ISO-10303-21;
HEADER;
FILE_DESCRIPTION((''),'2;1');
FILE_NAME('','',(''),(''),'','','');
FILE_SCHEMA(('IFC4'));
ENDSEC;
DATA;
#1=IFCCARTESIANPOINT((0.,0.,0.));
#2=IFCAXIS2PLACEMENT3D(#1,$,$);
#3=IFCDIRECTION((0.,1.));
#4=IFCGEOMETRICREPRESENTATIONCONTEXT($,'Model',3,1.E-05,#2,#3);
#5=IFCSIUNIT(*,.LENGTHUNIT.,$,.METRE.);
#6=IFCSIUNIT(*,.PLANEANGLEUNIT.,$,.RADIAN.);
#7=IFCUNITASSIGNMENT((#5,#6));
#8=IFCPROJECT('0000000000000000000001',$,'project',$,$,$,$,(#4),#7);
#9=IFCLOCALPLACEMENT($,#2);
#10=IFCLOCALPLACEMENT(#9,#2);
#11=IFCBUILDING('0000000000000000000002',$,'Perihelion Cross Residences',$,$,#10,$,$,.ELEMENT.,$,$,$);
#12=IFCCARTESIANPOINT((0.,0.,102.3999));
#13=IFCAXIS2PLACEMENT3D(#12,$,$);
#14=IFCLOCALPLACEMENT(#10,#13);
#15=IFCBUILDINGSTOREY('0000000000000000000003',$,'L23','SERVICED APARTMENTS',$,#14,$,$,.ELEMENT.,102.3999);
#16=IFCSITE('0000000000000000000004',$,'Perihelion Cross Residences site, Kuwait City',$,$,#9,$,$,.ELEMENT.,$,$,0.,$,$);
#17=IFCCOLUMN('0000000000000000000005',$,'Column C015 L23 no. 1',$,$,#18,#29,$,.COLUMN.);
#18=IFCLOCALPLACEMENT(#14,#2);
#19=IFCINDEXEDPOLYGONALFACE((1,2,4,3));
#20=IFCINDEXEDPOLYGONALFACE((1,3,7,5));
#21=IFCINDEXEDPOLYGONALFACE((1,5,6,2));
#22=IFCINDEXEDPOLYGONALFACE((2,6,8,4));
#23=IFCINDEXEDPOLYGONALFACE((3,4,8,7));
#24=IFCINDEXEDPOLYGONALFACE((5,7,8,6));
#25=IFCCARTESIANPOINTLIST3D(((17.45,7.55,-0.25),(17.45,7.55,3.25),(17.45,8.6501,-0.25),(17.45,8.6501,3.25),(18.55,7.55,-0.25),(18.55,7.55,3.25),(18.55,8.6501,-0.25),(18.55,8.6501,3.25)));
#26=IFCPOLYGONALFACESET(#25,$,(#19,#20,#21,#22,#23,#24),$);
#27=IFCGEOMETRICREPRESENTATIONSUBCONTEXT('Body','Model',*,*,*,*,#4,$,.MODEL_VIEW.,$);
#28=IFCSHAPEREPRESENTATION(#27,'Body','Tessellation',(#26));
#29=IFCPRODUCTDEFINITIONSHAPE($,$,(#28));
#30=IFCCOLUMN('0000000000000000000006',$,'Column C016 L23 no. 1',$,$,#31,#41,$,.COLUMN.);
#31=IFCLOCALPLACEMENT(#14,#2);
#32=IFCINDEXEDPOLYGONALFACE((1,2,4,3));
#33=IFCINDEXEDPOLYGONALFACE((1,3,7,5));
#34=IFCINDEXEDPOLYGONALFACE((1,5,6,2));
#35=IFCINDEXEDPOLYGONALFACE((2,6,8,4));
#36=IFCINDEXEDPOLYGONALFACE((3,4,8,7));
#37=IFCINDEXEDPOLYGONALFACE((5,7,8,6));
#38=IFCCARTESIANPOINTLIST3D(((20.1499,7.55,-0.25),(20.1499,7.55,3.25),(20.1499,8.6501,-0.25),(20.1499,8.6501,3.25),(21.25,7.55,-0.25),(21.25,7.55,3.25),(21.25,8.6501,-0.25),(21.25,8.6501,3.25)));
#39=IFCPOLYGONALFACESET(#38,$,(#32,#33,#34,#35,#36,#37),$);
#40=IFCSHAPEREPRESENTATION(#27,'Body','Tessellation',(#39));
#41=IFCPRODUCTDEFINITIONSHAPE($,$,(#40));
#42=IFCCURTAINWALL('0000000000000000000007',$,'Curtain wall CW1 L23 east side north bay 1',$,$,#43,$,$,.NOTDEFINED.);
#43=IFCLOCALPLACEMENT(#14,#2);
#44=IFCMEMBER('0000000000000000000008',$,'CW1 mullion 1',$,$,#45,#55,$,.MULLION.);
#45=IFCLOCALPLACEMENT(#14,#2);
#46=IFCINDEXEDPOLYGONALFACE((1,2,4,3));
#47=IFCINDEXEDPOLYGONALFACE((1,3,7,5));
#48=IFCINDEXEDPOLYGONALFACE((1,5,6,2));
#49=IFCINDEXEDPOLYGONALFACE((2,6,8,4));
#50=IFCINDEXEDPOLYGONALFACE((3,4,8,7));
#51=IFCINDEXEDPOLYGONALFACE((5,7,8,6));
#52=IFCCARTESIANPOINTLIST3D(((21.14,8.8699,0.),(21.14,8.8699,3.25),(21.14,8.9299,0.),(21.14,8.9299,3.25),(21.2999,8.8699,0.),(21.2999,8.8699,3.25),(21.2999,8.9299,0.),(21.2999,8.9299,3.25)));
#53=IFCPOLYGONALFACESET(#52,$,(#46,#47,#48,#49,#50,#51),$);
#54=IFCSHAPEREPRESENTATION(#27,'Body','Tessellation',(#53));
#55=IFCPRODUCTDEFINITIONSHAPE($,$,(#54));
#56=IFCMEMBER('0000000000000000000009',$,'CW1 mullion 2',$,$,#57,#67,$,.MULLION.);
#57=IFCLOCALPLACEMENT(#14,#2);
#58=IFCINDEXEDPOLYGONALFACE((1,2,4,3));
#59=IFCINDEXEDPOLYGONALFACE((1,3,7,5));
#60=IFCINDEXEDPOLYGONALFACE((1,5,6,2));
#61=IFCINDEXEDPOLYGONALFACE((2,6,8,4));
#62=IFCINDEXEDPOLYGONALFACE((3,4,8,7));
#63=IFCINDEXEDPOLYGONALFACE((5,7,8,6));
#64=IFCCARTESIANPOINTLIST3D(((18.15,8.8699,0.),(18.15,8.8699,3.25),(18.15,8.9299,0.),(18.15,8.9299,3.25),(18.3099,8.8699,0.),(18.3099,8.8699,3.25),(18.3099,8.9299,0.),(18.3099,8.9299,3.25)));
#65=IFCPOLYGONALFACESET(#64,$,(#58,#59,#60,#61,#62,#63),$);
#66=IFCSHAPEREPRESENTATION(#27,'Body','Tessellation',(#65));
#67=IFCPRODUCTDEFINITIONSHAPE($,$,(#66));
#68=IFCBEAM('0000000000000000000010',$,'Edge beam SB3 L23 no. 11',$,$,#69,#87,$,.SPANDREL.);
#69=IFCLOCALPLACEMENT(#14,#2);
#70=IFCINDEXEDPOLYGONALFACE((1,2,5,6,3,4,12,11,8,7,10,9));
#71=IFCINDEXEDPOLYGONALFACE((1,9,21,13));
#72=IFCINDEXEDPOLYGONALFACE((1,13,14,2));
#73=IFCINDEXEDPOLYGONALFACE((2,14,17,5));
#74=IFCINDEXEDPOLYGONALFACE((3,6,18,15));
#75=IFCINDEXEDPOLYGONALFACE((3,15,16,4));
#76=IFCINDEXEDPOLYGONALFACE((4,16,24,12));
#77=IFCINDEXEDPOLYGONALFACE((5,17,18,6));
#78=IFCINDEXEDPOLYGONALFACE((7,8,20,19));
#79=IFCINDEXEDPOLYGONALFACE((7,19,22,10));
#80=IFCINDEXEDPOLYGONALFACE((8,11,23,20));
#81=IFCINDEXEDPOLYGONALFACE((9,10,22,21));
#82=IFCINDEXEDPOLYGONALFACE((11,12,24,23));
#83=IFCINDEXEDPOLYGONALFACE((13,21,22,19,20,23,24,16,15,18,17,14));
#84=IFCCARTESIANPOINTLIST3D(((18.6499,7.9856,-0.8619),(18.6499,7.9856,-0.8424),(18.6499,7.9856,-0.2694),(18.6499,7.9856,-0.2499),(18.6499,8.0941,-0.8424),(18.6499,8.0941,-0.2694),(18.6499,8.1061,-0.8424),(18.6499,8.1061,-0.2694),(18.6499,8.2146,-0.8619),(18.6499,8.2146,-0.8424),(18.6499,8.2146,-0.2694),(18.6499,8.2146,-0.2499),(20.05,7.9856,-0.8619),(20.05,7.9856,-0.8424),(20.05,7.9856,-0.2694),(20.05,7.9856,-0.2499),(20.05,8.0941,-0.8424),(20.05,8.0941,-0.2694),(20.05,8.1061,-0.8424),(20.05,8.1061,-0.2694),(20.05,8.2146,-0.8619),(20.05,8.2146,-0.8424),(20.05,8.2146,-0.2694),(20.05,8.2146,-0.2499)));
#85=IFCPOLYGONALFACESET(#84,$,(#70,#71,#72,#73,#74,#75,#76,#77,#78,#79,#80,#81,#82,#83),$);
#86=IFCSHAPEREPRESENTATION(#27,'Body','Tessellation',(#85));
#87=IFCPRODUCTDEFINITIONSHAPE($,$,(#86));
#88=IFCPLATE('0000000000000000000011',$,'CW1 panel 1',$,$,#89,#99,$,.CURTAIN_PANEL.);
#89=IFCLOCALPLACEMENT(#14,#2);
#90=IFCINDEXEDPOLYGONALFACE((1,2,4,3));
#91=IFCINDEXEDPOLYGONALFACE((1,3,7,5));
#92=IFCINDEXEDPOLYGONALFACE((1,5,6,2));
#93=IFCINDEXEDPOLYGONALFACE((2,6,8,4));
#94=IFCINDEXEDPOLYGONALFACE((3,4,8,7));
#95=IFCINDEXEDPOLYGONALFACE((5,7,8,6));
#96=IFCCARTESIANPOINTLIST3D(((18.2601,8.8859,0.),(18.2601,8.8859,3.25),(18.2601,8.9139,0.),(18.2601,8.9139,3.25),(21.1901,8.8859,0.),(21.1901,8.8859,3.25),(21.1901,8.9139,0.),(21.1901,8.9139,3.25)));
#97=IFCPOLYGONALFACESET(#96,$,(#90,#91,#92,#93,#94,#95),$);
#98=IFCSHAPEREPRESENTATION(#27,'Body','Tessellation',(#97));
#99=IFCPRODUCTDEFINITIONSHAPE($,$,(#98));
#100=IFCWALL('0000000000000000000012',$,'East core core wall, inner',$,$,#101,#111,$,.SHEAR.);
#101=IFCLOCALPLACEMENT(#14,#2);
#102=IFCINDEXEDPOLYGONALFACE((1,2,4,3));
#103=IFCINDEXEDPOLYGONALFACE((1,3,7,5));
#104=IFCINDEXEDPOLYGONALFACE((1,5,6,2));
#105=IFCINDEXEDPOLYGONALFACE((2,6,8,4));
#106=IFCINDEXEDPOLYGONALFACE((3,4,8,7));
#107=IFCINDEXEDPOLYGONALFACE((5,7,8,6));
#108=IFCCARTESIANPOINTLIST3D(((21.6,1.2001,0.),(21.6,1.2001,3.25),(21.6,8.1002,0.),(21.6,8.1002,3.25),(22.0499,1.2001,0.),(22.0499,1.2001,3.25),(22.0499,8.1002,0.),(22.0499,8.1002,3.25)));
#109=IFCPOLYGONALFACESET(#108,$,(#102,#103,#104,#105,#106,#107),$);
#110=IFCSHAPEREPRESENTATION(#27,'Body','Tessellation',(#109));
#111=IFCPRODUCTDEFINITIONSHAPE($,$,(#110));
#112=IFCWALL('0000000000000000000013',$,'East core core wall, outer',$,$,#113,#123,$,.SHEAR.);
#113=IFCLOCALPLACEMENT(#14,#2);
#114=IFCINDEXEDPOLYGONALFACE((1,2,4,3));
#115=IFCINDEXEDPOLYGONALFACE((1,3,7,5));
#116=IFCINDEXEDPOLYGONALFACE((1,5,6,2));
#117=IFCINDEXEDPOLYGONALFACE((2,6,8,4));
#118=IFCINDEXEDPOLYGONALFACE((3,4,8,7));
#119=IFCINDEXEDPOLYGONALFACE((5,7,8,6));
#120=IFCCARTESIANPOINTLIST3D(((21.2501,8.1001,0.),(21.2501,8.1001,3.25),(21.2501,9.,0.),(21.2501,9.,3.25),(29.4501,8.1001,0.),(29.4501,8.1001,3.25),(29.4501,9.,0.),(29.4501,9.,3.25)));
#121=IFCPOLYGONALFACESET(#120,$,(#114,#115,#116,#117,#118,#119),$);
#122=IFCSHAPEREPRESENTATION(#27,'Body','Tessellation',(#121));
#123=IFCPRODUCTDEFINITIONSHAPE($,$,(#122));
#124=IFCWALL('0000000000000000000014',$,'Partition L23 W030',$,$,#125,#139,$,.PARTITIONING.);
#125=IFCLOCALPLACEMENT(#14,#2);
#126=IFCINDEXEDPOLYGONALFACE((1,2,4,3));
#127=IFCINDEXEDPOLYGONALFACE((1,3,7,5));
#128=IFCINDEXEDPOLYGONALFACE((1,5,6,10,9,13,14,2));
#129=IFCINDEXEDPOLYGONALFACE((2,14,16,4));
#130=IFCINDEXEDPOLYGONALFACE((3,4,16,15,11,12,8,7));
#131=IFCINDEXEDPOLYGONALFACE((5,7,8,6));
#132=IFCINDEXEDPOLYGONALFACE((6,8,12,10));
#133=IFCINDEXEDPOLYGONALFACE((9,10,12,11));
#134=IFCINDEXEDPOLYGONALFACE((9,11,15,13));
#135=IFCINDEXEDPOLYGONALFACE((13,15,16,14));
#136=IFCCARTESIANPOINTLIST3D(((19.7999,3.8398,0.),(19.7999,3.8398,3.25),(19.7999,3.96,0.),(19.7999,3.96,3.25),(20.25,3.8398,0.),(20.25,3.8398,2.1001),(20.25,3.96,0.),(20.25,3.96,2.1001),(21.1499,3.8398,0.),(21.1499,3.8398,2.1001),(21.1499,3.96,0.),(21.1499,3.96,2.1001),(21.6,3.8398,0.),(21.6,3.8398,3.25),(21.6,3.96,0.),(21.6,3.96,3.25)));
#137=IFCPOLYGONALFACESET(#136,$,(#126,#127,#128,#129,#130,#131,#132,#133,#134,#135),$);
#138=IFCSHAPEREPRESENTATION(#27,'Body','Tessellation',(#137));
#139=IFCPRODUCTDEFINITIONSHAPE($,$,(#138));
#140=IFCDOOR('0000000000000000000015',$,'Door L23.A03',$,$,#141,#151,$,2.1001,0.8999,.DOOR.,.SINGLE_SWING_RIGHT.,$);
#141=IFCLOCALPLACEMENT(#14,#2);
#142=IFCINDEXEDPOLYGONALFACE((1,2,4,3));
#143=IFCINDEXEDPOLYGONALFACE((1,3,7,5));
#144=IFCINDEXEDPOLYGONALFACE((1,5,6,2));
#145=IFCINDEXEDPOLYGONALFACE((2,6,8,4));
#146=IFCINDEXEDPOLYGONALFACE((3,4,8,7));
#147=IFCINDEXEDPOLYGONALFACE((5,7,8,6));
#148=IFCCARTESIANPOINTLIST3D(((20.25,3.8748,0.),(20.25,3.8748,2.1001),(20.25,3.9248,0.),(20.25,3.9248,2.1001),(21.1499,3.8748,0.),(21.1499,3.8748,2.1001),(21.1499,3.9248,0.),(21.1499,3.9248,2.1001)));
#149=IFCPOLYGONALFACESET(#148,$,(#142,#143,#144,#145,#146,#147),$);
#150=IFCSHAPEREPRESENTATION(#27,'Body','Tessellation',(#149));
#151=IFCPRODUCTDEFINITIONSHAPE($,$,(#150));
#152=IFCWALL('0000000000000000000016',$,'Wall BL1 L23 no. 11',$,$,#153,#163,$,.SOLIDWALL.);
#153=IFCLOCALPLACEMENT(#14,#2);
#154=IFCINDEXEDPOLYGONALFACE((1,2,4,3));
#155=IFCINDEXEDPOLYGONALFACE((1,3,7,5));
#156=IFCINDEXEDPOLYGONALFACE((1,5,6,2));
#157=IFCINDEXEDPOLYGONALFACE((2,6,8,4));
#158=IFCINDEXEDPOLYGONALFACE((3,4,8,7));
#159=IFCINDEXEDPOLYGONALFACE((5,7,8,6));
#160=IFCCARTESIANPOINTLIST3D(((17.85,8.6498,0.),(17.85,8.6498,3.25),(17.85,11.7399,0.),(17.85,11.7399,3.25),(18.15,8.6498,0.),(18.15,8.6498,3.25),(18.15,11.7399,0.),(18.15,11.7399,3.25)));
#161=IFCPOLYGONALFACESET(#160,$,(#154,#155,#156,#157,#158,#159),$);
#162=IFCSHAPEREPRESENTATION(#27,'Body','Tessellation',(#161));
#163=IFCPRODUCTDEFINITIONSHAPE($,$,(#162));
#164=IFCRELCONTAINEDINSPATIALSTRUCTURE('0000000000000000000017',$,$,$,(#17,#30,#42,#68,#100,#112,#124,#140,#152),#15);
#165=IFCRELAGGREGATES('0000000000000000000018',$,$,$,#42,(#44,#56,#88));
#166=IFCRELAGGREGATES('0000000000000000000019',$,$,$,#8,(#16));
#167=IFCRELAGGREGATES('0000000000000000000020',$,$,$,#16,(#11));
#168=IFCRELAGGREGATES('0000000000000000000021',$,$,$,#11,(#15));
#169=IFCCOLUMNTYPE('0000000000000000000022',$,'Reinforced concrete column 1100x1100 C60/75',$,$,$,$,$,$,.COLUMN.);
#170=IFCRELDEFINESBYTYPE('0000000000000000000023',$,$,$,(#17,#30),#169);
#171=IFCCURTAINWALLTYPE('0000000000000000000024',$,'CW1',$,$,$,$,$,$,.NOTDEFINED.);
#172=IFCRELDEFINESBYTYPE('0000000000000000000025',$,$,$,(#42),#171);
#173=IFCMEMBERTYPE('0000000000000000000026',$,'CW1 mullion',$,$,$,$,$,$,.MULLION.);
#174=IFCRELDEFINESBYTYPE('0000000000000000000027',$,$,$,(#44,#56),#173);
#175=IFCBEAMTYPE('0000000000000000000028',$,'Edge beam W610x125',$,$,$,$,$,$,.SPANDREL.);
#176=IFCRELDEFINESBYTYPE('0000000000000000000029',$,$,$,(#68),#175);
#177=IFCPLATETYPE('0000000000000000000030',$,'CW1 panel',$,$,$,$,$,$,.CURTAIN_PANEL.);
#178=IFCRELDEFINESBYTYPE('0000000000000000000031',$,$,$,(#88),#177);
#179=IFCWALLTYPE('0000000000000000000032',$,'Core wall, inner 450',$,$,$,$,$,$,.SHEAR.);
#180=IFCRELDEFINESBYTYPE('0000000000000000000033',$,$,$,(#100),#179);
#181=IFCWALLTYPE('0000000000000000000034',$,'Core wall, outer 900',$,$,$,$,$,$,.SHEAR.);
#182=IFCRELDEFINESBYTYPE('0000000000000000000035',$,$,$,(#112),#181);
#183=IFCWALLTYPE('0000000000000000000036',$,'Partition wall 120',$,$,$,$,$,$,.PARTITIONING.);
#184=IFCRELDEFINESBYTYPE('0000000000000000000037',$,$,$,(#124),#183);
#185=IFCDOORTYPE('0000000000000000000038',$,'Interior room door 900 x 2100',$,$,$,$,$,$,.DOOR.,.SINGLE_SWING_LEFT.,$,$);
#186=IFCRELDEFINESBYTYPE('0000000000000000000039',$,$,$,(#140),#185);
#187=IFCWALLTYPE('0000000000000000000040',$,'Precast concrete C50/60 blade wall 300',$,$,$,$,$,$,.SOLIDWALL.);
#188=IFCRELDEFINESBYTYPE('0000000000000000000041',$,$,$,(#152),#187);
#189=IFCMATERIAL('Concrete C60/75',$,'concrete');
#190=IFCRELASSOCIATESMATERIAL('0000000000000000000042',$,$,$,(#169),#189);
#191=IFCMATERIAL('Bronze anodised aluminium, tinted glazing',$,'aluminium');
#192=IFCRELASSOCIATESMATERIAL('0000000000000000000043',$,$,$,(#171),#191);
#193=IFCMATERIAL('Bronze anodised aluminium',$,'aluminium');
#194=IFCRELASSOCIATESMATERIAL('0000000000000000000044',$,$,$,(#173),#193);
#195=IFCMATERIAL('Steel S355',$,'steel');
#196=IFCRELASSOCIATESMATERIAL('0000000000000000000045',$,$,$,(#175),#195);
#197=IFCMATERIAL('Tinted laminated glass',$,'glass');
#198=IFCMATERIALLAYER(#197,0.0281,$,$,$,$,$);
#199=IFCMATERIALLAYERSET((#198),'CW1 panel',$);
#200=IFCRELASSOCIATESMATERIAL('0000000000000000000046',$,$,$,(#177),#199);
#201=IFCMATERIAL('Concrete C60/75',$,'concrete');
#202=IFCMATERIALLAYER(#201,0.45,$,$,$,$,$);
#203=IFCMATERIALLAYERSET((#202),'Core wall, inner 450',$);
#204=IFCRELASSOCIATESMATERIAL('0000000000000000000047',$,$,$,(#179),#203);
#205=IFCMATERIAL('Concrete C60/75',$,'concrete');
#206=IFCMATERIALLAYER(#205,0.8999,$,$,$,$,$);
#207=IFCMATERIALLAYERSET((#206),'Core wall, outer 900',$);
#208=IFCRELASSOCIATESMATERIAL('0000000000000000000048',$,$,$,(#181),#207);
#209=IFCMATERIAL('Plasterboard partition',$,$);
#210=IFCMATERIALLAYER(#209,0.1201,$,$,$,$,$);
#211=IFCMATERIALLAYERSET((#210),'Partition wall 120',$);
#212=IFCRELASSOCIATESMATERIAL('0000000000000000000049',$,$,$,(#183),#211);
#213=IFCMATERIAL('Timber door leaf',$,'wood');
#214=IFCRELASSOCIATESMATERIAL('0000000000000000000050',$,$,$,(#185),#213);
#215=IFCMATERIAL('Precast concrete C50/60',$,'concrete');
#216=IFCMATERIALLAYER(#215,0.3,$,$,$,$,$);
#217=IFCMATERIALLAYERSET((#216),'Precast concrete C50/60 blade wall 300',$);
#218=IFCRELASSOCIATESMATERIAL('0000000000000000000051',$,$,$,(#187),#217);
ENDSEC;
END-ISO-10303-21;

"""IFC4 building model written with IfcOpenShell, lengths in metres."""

from ifc_helpers import new_model, si_unit, direction, frame, frame_2d, origin, origin_2d, place, context, subcontext, project, spatial, rectangle, i_section, extrude, material, layer, layer_set, material_profile, profile_set, type_object, element, fill, aggregate, save


model = new_model("IFC4")

# Units and contexts
model_context = context("Model", 3, precision=1e-05, world=origin(), true_north=direction((0.0, 1.0)))
body_context = subcontext(model_context, "Body", "Model", "MODEL_VIEW")
ifc_project = project(units=[si_unit("LENGTHUNIT", "METRE"), si_unit("PLANEANGLEUNIT", "RADIAN")], contexts=[model_context])

# Site, building, storey
site_placement = place(None, origin())
site = spatial("IfcSite", under=ifc_project, at=site_placement, Name="Perihelion Cross Residences site, Kuwait City", CompositionType="ELEMENT", RefElevation=0.0)
building_placement = place(site_placement, origin())
building = spatial("IfcBuilding", under=site, at=building_placement, Name="Perihelion Cross Residences", CompositionType="ELEMENT")
storey_placement = place(building_placement, frame((0.0, 0.0, 102.3999)))
storey = spatial("IfcBuildingStorey", under=building, at=storey_placement, Name="L23", Description="SERVICED APARTMENTS", CompositionType="ELEMENT", Elevation=102.3999)

# Columns
ifc_material_1 = material(Name="Concrete C60/75", Category="concrete")
ifc_material_profile_1 = material_profile(ifc_material_1, rectangle(XDim=1.1001, YDim=1.1001, at=origin_2d()), Name="RC 1100x1100")
ifc_profile_set_1 = profile_set([ifc_material_profile_1], Name="Concrete C60/75")
column_type = type_object("IfcColumnType", Name="Reinforced concrete column 1100x1100 C60/75", PredefinedType="COLUMN", material=ifc_profile_set_1)
for number, where, z_axis, x_axis, name in (
    (1, (18.0, 8.1001, -0.25), (0.0, 0.0, 1.0), (1.0, 0.0, 0.0), "Column C015 L23 no. 1"),
    (2, (20.7, 8.1001, -0.25), (0.0, 0.0, 1.0), (1.0, 0.0, 0.0), "Column C016 L23 no. 1"),
):
    element("IfcColumn", number, at=place(storey_placement, frame(where, z_axis=z_axis, x_axis=x_axis)), inside=storey, type_object=column_type, Name=name, PredefinedType="COLUMN", context=body_context, shape_type="SweptSolid", body=[
        extrude(rectangle(XDim=1.1001, YDim=1.1001, at=origin_2d()), origin(), (0.0, 0.0, 1.0), 3.5),
    ])

# Curtain wall, members
ifc_material_2 = material(Name="Bronze anodised aluminium, tinted glazing", Category="aluminium")
curtain_wall_type = type_object("IfcCurtainWallType", Name="CW1", PredefinedType="NOTDEFINED", material=ifc_material_2)
curtain_wall_placement = place(storey_placement, origin())
curtain_wall = element("IfcCurtainWall", 3, at=curtain_wall_placement, inside=storey, type_object=curtain_wall_type, Name="Curtain wall CW1 L23 east side north bay 1", PredefinedType="NOTDEFINED")
ifc_material_3 = material(Name="Bronze anodised aluminium", Category="aluminium")
ifc_material_profile_2 = material_profile(ifc_material_3, rectangle(XDim=0.0601, YDim=0.1599, at=origin_2d()), Name="CW1 mullion")
ifc_profile_set_2 = profile_set([ifc_material_profile_2], Name="Bronze anodised aluminium")
member_type = type_object("IfcMemberType", Name="CW1 mullion", PredefinedType="MULLION", material=ifc_profile_set_2)
member_1_placement = place(storey_placement, frame((21.22, 8.8999, 0.0), z_axis=(0.0, 0.0, 1.0), x_axis=(0.0, -1.0, 0.0)))
member_1 = element("IfcMember", 4, at=member_1_placement, type_object=member_type, Name="CW1 mullion 1", PredefinedType="MULLION", context=body_context, shape_type="SweptSolid", body=[
    extrude(rectangle(XDim=0.0601, YDim=0.1599, at=origin_2d()), origin(), (0.0, 0.0, 1.0), 3.25),
])
member_2_placement = place(storey_placement, frame((18.23, 8.8999, 0.0), z_axis=(0.0, 0.0, 1.0), x_axis=(0.0, -1.0, 0.0)))
member_2 = element("IfcMember", 5, at=member_2_placement, type_object=member_type, Name="CW1 mullion 2", PredefinedType="MULLION", context=body_context, shape_type="SweptSolid", body=[
    extrude(rectangle(XDim=0.0601, YDim=0.1599, at=origin_2d()), origin(), (0.0, 0.0, 1.0), 3.25),
])

# Beam
ifc_material_4 = material(Name="Steel S355", Category="steel")
ifc_material_profile_3 = material_profile(ifc_material_4, i_section(OverallWidth=0.229, OverallDepth=0.6121, WebThickness=0.012, FlangeThickness=0.0195, at=origin_2d()), Name="W610x125")
ifc_profile_set_3 = profile_set([ifc_material_profile_3], Name="Steel S355")
beam_type = type_object("IfcBeamType", Name="Edge beam W610x125", PredefinedType="SPANDREL", material=ifc_profile_set_3)
beam_placement = place(storey_placement, frame((20.05, 8.1001, -0.5559), z_axis=(-1.0, 0.0, 0.0), x_axis=(0.0, -1.0, 0.0)))
element("IfcBeam", 6, at=beam_placement, inside=storey, type_object=beam_type, Name="Edge beam SB3 L23 no. 11", PredefinedType="SPANDREL", context=body_context, shape_type="SweptSolid", body=[
    extrude(i_section(OverallWidth=0.229, OverallDepth=0.6121, WebThickness=0.012, FlangeThickness=0.0195, at=origin_2d()), origin(), (0.0, 0.0, 1.0), 1.4001),
])

# Plate
ifc_material_5 = material(Name="Tinted laminated glass", Category="glass")
ifc_layer_1 = layer(ifc_material_5, 0.0281)
ifc_layer_set_1 = layer_set([ifc_layer_1], Name="CW1 panel")
plate_type = type_object("IfcPlateType", Name="CW1 panel", PredefinedType="CURTAIN_PANEL", material=ifc_layer_set_1)
plate_placement = place(storey_placement, frame((19.7251, 8.8999, 0.0), z_axis=(0.0, 0.0, 1.0), x_axis=(-1.0, 0.0, 0.0)))
plate = element("IfcPlate", 7, at=plate_placement, type_object=plate_type, Name="CW1 panel 1", PredefinedType="CURTAIN_PANEL", context=body_context, shape_type="SweptSolid", body=[
    extrude(rectangle(XDim=2.9299, YDim=0.0281, at=origin_2d()), origin(), (0.0, 0.0, 1.0), 3.25),
])
aggregate(curtain_wall, [member_1, member_2, plate])

# Walls
ifc_material_6 = material(Name="Concrete C60/75", Category="concrete")
ifc_layer_2 = layer(ifc_material_6, 0.45)
ifc_layer_set_2 = layer_set([ifc_layer_2], Name="Core wall, inner 450")
wall_type_1 = type_object("IfcWallType", Name="Core wall, inner 450", PredefinedType="SHEAR", material=ifc_layer_set_2)
wall_1_placement = place(storey_placement, frame((21.825, 1.2, 0.0), z_axis=(0.0, 0.0, 1.0), x_axis=(0.0, 1.0, 0.0)))
element("IfcWall", 8, at=wall_1_placement, inside=storey, type_object=wall_type_1, Name="East core core wall, inner", PredefinedType="SHEAR", context=body_context, shape_type="SweptSolid", body=[
    extrude(rectangle(XDim=6.9001, YDim=0.45, at=frame_2d((3.4502, 0.0))), origin(), (0.0, 0.0, 1.0), 3.25),
])
ifc_material_7 = material(Name="Concrete C60/75", Category="concrete")
ifc_layer_3 = layer(ifc_material_7, 0.8999)
ifc_layer_set_3 = layer_set([ifc_layer_3], Name="Core wall, outer 900")
wall_type_2 = type_object("IfcWallType", Name="Core wall, outer 900", PredefinedType="SHEAR", material=ifc_layer_set_3)
wall_2_placement = place(storey_placement, frame((21.25, 8.55, 0.0), z_axis=(0.0, 0.0, 1.0), x_axis=(1.0, 0.0, 0.0)))
element("IfcWall", 9, at=wall_2_placement, inside=storey, type_object=wall_type_2, Name="East core core wall, outer", PredefinedType="SHEAR", context=body_context, shape_type="SweptSolid", body=[
    extrude(rectangle(XDim=8.2, YDim=0.8999, at=frame_2d((4.1001, 0.0))), origin(), (0.0, 0.0, 1.0), 3.25),
])

# Wall, opening, door
ifc_material_8 = material(Name="Plasterboard partition")
ifc_layer_4 = layer(ifc_material_8, 0.1201)
ifc_layer_set_4 = layer_set([ifc_layer_4], Name="Partition wall 120")
wall_type_3 = type_object("IfcWallType", Name="Partition wall 120", PredefinedType="PARTITIONING", material=ifc_layer_set_4)
wall_3_placement = place(storey_placement, frame((19.8, 3.8999, 0.0), z_axis=(0.0, 0.0, 1.0), x_axis=(1.0, 0.0, 0.0)))
wall_3 = element("IfcWall", 10, at=wall_3_placement, inside=storey, type_object=wall_type_3, Name="Partition L23 W030", PredefinedType="PARTITIONING", context=body_context, shape_type="SweptSolid", body=[
    extrude(rectangle(XDim=1.8, YDim=0.1201, at=frame_2d((0.8999, 0.0))), origin(), (0.0, 0.0, 1.0), 3.25),
])
opening_1_placement = place(wall_3_placement, frame((0.45, 0.0, 0.0)))
opening_1 = element("IfcOpeningElement", 11, at=opening_1_placement, cuts=wall_3, PredefinedType="OPENING", context=body_context, shape_type="SweptSolid", body=[
    extrude(rectangle(XDim=0.8999, YDim=2.1001, at=frame_2d((0.45, 1.05))), frame((0.0, 0.0701, 0.0), z_axis=(0.0, -1.0, 0.0), x_axis=(1.0, 0.0, 0.0)), (0.0, 0.0, 1.0), 0.1401),
])
ifc_material_9 = material(Name="Timber door leaf", Category="wood")
door_type_1 = type_object("IfcDoorType", Name="Interior room door 900 x 2100", OperationType="SINGLE_SWING_LEFT", PredefinedType="DOOR", material=ifc_material_9)
door_1_placement = place(opening_1_placement, origin())
door_1 = element("IfcDoor", 12, at=door_1_placement, inside=storey, type_object=door_type_1, Name="Door L23.A03", OperationType="SINGLE_SWING_RIGHT", OverallHeight=2.1001, OverallWidth=0.8999, PredefinedType="DOOR", context=body_context, shape_type="SweptSolid", body=[
    extrude(rectangle(XDim=0.8999, YDim=2.1001, at=frame_2d((0.45, 1.05))), frame((0.0, 0.0249, 0.0), z_axis=(0.0, -1.0, 0.0), x_axis=(1.0, 0.0, 0.0)), (0.0, 0.0, 1.0), 0.05),
])
fill(opening_1, door_1)

# Wall
ifc_material_10 = material(Name="Precast concrete C50/60", Category="concrete")
ifc_layer_5 = layer(ifc_material_10, 0.3)
ifc_layer_set_5 = layer_set([ifc_layer_5], Name="Precast concrete C50/60 blade wall 300")
wall_type_4 = type_object("IfcWallType", Name="Precast concrete C50/60 blade wall 300", PredefinedType="SOLIDWALL", material=ifc_layer_set_5)
wall_4_placement = place(storey_placement, frame((18.0, 8.6499, 0.0), z_axis=(0.0, 0.0, 1.0), x_axis=(0.0, 1.0, 0.0)))
element("IfcWall", 13, at=wall_4_placement, inside=storey, type_object=wall_type_4, Name="Wall BL1 L23 no. 11", PredefinedType="SOLIDWALL", context=body_context, shape_type="SweptSolid", body=[
    extrude(rectangle(XDim=3.0901, YDim=0.3, at=frame_2d((1.5449, 0.0))), origin(), (0.0, 0.0, 1.0), 3.25),
])

save(model, "model.ifc")
